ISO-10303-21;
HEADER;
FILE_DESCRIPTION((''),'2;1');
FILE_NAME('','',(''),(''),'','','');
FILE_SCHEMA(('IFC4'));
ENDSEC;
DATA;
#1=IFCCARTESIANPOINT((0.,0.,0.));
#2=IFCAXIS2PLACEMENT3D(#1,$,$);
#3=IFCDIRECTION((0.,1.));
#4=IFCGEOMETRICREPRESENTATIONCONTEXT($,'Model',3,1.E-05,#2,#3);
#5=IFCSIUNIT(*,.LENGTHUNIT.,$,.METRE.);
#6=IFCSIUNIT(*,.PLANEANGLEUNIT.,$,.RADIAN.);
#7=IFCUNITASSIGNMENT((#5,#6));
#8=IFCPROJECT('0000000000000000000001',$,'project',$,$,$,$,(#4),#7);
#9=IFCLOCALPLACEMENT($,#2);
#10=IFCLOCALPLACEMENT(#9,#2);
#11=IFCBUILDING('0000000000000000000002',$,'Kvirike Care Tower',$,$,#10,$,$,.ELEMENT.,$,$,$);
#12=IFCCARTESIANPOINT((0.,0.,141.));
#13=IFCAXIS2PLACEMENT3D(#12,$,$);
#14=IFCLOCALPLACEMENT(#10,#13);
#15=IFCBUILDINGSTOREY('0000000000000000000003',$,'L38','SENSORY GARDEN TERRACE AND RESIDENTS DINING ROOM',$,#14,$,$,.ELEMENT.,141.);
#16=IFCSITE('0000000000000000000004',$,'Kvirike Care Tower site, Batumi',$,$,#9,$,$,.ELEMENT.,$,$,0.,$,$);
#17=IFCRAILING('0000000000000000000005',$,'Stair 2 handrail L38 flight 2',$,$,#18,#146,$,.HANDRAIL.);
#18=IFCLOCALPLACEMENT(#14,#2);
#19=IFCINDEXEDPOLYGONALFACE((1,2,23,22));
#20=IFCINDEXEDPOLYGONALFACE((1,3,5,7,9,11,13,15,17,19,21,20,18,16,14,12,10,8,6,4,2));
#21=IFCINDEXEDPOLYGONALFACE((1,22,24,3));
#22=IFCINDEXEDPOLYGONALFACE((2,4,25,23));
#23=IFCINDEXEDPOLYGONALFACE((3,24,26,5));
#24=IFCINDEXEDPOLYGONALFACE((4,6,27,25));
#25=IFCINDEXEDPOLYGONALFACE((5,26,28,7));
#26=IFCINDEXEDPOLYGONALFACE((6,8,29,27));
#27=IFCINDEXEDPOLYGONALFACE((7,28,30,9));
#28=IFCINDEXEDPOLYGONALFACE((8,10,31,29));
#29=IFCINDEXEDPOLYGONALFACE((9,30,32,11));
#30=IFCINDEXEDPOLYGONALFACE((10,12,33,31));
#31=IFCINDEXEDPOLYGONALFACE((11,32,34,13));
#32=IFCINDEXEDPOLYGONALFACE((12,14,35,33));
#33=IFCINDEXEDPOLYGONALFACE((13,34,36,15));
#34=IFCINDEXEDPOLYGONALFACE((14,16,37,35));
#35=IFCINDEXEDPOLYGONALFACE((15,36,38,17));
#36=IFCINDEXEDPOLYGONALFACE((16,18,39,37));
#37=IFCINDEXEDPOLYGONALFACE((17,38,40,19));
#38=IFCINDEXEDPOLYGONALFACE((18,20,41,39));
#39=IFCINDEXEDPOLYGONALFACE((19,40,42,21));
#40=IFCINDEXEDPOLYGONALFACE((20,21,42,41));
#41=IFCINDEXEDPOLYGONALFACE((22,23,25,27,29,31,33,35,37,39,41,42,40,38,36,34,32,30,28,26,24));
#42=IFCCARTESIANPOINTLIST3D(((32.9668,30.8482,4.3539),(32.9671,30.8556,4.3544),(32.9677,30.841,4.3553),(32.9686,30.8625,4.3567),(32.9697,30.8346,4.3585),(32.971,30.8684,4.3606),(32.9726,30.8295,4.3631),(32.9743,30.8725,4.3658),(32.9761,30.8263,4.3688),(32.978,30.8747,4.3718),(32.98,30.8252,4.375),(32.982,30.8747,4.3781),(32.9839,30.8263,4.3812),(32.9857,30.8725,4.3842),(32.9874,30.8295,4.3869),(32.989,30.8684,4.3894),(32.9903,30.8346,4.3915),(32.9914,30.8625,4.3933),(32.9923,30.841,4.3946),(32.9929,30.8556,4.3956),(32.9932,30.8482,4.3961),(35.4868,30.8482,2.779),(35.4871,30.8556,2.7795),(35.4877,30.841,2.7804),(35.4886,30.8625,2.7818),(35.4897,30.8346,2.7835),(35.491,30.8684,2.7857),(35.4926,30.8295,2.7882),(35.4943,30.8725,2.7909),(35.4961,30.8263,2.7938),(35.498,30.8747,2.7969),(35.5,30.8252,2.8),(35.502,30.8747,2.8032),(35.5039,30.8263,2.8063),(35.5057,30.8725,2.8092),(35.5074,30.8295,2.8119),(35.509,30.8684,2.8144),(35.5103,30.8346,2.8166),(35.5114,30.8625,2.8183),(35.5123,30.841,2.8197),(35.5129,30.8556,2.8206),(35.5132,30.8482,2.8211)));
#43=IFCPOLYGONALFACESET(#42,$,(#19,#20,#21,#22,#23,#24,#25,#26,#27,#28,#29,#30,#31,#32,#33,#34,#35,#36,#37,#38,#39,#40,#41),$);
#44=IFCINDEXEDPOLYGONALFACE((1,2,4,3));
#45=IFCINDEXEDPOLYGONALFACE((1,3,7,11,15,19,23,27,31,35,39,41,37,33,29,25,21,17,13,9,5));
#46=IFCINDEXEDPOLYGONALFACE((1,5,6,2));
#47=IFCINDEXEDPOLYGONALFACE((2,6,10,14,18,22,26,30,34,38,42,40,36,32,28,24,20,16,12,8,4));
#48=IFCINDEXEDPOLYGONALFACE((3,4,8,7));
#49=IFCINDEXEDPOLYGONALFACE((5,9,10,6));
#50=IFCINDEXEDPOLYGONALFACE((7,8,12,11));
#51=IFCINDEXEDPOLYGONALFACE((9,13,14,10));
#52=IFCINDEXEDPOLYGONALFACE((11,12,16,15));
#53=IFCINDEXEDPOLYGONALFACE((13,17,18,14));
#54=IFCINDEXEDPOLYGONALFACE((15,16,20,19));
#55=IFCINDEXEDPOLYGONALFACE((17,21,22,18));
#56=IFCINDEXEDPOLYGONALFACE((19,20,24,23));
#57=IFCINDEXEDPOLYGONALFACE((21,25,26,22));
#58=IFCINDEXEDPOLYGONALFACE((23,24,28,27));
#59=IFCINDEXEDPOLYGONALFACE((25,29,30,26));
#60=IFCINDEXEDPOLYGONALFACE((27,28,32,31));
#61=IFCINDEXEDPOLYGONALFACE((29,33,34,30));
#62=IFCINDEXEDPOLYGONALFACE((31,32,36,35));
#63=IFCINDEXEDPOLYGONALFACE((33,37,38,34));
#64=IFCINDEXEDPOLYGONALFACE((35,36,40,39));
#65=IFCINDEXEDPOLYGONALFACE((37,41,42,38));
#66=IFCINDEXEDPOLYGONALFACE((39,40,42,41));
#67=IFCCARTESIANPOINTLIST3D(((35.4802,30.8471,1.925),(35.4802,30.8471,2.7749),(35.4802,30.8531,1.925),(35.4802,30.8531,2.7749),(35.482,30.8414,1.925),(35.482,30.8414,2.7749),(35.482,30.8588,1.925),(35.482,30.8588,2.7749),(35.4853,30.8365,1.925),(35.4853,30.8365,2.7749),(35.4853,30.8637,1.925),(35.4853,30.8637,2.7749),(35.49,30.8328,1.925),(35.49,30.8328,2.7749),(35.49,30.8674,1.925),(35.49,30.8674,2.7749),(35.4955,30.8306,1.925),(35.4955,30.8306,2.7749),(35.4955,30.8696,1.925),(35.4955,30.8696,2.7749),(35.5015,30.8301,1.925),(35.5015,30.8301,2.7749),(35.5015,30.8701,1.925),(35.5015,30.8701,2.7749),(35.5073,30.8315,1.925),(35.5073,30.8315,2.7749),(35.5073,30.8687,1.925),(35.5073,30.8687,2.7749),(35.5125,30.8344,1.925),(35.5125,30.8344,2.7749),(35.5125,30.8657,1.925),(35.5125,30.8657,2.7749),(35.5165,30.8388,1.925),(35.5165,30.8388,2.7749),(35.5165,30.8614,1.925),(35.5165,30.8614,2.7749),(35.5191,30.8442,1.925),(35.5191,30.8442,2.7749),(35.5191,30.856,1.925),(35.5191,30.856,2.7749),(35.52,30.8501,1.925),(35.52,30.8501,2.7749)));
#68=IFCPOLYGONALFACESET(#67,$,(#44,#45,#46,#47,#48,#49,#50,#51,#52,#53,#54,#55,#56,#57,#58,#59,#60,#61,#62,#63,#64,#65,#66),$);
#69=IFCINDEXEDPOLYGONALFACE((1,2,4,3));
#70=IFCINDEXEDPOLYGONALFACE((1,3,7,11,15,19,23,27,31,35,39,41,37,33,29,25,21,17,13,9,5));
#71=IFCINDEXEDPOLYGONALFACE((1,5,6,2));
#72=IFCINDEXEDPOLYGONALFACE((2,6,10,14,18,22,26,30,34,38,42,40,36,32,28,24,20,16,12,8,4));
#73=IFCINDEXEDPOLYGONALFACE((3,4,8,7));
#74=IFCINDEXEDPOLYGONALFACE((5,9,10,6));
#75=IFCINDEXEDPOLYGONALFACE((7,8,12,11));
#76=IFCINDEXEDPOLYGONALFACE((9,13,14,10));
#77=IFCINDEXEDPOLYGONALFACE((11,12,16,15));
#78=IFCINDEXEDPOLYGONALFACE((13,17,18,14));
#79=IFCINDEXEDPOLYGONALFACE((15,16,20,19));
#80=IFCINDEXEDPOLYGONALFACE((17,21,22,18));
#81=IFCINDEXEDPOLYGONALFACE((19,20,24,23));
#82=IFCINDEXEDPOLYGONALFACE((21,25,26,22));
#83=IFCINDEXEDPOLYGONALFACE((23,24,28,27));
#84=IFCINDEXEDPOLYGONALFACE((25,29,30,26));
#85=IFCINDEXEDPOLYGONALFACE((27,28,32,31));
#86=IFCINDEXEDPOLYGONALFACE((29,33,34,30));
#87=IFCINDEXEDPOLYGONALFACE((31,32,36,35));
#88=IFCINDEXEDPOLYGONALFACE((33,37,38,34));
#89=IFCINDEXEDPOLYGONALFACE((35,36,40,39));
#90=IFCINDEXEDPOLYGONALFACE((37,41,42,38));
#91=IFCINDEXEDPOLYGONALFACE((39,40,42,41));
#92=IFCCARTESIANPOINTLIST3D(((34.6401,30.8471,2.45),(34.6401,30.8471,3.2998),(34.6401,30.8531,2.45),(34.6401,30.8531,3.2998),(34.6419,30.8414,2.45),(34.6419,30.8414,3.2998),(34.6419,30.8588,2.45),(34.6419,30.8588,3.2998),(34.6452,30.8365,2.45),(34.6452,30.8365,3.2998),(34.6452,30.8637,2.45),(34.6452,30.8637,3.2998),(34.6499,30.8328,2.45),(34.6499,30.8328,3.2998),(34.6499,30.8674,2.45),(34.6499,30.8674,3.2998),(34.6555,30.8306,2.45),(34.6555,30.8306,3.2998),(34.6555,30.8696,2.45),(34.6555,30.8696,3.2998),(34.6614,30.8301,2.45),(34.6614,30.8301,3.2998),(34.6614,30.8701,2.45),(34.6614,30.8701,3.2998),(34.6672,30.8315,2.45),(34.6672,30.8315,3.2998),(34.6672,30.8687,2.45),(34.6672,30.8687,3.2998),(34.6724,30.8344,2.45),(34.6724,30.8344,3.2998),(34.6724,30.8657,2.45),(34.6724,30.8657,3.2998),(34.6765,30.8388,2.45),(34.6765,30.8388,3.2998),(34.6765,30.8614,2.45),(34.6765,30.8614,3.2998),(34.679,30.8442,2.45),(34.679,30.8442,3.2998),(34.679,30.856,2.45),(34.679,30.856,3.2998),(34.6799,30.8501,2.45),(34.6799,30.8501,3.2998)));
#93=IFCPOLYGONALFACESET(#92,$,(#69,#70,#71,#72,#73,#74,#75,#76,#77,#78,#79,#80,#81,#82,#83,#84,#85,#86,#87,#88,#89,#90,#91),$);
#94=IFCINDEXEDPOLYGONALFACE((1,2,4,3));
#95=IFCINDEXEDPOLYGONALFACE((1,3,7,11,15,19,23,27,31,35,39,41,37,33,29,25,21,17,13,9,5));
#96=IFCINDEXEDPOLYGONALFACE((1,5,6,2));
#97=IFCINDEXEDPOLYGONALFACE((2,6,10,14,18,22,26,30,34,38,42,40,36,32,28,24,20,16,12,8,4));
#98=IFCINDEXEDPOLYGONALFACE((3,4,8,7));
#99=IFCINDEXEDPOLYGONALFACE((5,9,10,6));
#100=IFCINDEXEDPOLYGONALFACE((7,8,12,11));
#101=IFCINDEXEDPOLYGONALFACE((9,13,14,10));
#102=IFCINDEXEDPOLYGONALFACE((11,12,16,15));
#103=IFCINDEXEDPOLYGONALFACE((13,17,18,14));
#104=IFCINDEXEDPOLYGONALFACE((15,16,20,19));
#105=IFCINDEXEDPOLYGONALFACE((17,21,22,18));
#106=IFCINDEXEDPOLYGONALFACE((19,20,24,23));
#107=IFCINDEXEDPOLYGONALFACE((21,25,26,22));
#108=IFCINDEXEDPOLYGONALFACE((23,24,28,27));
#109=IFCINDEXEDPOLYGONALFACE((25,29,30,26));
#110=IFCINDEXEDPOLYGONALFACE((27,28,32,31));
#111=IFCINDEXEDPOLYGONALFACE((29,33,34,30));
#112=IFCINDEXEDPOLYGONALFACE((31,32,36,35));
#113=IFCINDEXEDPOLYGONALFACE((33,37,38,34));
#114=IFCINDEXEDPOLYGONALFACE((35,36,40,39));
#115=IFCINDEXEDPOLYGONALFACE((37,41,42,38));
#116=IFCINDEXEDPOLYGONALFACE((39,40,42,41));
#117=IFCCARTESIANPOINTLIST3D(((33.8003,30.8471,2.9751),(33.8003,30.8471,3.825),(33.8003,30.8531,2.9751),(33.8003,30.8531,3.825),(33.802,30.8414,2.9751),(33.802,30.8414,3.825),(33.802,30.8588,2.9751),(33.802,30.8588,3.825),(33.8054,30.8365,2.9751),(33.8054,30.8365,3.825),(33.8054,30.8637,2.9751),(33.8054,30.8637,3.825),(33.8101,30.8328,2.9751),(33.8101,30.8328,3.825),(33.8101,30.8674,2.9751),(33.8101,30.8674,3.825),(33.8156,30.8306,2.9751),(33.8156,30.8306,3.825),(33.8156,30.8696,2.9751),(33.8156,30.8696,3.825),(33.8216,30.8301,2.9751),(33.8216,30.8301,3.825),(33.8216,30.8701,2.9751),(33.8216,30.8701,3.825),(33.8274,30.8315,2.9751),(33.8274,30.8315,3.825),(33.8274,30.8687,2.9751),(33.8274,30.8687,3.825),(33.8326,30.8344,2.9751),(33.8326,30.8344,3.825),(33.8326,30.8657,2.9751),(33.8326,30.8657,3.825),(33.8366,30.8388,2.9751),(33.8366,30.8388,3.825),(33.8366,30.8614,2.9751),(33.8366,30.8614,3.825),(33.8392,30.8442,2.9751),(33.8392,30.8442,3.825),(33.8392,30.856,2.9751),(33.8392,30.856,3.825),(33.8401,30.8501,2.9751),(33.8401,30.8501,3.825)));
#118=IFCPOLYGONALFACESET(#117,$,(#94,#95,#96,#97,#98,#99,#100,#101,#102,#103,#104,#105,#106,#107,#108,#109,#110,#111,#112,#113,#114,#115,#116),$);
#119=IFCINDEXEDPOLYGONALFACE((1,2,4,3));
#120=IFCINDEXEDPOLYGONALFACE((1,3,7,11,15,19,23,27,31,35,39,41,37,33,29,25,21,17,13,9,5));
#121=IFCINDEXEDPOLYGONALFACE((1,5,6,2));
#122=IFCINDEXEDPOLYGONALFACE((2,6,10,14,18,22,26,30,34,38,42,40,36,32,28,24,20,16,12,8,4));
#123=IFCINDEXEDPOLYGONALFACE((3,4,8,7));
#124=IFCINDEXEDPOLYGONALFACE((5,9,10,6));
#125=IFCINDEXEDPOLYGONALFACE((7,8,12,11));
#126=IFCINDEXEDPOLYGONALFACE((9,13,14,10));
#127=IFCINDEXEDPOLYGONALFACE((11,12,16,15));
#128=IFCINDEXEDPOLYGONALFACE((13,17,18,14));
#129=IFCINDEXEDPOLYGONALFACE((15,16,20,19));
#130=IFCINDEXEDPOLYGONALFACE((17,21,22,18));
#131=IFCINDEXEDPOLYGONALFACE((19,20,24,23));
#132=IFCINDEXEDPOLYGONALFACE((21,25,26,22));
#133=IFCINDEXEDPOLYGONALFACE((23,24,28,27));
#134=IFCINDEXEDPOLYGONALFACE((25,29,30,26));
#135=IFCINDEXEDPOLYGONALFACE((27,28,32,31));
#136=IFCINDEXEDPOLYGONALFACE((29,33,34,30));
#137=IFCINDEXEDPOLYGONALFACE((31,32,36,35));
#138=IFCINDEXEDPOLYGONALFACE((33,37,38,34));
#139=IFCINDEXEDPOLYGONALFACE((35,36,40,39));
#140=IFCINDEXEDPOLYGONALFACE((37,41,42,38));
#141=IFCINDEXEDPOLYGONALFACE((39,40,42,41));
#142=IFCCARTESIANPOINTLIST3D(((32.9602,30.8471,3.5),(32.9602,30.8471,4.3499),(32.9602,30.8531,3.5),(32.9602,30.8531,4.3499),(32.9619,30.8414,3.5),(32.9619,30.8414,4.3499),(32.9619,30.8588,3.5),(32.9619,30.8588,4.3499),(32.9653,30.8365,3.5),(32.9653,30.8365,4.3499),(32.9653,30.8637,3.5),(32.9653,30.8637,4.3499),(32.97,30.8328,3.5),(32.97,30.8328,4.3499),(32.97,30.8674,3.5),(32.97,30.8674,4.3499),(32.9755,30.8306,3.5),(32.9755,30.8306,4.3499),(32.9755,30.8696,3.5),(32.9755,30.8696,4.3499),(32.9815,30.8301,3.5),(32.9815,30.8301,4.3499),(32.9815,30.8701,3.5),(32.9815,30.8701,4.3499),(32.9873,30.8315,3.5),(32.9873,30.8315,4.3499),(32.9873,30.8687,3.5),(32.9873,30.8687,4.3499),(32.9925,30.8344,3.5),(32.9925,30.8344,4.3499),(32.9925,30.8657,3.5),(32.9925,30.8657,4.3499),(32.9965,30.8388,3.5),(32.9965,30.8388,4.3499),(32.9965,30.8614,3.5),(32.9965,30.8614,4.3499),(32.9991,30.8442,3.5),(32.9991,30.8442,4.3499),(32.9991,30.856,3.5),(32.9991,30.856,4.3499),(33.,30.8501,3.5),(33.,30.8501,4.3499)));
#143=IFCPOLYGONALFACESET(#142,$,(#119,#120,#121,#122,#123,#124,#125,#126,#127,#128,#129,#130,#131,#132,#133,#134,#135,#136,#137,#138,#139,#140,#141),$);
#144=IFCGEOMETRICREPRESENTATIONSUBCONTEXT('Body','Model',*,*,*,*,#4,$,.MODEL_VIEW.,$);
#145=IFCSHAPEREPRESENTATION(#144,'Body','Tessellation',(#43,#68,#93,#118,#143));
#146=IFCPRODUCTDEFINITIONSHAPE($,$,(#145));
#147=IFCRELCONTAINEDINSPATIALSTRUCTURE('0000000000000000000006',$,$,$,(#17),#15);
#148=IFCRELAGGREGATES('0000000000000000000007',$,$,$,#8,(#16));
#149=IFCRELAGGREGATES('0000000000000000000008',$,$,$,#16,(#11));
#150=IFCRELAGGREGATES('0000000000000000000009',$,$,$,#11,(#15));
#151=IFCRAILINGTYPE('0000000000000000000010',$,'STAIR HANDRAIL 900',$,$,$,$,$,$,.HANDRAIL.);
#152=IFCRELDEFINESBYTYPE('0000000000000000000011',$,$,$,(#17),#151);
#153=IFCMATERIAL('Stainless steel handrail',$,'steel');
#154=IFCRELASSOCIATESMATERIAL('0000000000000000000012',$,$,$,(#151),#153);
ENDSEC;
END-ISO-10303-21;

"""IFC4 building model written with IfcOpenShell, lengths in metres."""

from ifc_helpers import new_model, si_unit, direction, frame, origin, origin_2d, place, context, subcontext, project, spatial, circle, extrude, material, type_object, element, save


model = new_model("IFC4")

# Units and contexts
model_context = context("Model", 3, precision=1e-05, world=origin(), true_north=direction((0.0, 1.0)))
body_context = subcontext(model_context, "Body", "Model", "MODEL_VIEW")
ifc_project = project(units=[si_unit("LENGTHUNIT", "METRE"), si_unit("PLANEANGLEUNIT", "RADIAN")], contexts=[model_context])

# Site, building, storey
site_placement = place(None, origin())
site = spatial("IfcSite", under=ifc_project, at=site_placement, Name="Kvirike Care Tower site, Batumi", CompositionType="ELEMENT", RefElevation=0.0)
building_placement = place(site_placement, origin())
building = spatial("IfcBuilding", under=site, at=building_placement, Name="Kvirike Care Tower", CompositionType="ELEMENT")
storey_placement = place(building_placement, frame((0.0, 0.0, 141.0)))
storey = spatial("IfcBuildingStorey", under=building, at=storey_placement, Name="L38", Description="SENSORY GARDEN TERRACE AND RESIDENTS DINING ROOM", CompositionType="ELEMENT", Elevation=141.0)

# Railing
ifc_material_1 = material(Name="Stainless steel handrail", Category="steel")
railing_type = type_object("IfcRailingType", Name="STAIR HANDRAIL 900", PredefinedType="HANDRAIL", material=ifc_material_1)
railing_1_placement = place(storey_placement, frame((35.5, 30.8501, 1.925)))
element("IfcRailing", 1, at=railing_1_placement, inside=storey, type_object=railing_type, Name="Stair 2 handrail L38 flight 2", PredefinedType="HANDRAIL", context=body_context, shape_type="SweptSolid", body=[
    extrude(circle(Radius=0.0249, at=origin_2d()), frame((0.0, 0.0, 0.875), z_axis=(-0.848008, 0.0, 0.529984), x_axis=(0.0, -1.0, 0.0)), (0.0, 0.0, 1.0), 2.9717),
    extrude(circle(Radius=0.02, at=origin_2d()), origin(), (0.0, 0.0, 1.0), 0.8499),
    extrude(circle(Radius=0.02, at=origin_2d()), frame((-0.8401, 0.0, 0.5249)), (0.0, 0.0, 1.0), 0.8499),
    extrude(circle(Radius=0.02, at=origin_2d()), frame((-1.6799, 0.0, 1.05)), (0.0, 0.0, 1.0), 0.8499),
    extrude(circle(Radius=0.02, at=origin_2d()), frame((-2.52, 0.0, 1.575)), (0.0, 0.0, 1.0), 0.8499),
])

save(model, "model.ifc")
